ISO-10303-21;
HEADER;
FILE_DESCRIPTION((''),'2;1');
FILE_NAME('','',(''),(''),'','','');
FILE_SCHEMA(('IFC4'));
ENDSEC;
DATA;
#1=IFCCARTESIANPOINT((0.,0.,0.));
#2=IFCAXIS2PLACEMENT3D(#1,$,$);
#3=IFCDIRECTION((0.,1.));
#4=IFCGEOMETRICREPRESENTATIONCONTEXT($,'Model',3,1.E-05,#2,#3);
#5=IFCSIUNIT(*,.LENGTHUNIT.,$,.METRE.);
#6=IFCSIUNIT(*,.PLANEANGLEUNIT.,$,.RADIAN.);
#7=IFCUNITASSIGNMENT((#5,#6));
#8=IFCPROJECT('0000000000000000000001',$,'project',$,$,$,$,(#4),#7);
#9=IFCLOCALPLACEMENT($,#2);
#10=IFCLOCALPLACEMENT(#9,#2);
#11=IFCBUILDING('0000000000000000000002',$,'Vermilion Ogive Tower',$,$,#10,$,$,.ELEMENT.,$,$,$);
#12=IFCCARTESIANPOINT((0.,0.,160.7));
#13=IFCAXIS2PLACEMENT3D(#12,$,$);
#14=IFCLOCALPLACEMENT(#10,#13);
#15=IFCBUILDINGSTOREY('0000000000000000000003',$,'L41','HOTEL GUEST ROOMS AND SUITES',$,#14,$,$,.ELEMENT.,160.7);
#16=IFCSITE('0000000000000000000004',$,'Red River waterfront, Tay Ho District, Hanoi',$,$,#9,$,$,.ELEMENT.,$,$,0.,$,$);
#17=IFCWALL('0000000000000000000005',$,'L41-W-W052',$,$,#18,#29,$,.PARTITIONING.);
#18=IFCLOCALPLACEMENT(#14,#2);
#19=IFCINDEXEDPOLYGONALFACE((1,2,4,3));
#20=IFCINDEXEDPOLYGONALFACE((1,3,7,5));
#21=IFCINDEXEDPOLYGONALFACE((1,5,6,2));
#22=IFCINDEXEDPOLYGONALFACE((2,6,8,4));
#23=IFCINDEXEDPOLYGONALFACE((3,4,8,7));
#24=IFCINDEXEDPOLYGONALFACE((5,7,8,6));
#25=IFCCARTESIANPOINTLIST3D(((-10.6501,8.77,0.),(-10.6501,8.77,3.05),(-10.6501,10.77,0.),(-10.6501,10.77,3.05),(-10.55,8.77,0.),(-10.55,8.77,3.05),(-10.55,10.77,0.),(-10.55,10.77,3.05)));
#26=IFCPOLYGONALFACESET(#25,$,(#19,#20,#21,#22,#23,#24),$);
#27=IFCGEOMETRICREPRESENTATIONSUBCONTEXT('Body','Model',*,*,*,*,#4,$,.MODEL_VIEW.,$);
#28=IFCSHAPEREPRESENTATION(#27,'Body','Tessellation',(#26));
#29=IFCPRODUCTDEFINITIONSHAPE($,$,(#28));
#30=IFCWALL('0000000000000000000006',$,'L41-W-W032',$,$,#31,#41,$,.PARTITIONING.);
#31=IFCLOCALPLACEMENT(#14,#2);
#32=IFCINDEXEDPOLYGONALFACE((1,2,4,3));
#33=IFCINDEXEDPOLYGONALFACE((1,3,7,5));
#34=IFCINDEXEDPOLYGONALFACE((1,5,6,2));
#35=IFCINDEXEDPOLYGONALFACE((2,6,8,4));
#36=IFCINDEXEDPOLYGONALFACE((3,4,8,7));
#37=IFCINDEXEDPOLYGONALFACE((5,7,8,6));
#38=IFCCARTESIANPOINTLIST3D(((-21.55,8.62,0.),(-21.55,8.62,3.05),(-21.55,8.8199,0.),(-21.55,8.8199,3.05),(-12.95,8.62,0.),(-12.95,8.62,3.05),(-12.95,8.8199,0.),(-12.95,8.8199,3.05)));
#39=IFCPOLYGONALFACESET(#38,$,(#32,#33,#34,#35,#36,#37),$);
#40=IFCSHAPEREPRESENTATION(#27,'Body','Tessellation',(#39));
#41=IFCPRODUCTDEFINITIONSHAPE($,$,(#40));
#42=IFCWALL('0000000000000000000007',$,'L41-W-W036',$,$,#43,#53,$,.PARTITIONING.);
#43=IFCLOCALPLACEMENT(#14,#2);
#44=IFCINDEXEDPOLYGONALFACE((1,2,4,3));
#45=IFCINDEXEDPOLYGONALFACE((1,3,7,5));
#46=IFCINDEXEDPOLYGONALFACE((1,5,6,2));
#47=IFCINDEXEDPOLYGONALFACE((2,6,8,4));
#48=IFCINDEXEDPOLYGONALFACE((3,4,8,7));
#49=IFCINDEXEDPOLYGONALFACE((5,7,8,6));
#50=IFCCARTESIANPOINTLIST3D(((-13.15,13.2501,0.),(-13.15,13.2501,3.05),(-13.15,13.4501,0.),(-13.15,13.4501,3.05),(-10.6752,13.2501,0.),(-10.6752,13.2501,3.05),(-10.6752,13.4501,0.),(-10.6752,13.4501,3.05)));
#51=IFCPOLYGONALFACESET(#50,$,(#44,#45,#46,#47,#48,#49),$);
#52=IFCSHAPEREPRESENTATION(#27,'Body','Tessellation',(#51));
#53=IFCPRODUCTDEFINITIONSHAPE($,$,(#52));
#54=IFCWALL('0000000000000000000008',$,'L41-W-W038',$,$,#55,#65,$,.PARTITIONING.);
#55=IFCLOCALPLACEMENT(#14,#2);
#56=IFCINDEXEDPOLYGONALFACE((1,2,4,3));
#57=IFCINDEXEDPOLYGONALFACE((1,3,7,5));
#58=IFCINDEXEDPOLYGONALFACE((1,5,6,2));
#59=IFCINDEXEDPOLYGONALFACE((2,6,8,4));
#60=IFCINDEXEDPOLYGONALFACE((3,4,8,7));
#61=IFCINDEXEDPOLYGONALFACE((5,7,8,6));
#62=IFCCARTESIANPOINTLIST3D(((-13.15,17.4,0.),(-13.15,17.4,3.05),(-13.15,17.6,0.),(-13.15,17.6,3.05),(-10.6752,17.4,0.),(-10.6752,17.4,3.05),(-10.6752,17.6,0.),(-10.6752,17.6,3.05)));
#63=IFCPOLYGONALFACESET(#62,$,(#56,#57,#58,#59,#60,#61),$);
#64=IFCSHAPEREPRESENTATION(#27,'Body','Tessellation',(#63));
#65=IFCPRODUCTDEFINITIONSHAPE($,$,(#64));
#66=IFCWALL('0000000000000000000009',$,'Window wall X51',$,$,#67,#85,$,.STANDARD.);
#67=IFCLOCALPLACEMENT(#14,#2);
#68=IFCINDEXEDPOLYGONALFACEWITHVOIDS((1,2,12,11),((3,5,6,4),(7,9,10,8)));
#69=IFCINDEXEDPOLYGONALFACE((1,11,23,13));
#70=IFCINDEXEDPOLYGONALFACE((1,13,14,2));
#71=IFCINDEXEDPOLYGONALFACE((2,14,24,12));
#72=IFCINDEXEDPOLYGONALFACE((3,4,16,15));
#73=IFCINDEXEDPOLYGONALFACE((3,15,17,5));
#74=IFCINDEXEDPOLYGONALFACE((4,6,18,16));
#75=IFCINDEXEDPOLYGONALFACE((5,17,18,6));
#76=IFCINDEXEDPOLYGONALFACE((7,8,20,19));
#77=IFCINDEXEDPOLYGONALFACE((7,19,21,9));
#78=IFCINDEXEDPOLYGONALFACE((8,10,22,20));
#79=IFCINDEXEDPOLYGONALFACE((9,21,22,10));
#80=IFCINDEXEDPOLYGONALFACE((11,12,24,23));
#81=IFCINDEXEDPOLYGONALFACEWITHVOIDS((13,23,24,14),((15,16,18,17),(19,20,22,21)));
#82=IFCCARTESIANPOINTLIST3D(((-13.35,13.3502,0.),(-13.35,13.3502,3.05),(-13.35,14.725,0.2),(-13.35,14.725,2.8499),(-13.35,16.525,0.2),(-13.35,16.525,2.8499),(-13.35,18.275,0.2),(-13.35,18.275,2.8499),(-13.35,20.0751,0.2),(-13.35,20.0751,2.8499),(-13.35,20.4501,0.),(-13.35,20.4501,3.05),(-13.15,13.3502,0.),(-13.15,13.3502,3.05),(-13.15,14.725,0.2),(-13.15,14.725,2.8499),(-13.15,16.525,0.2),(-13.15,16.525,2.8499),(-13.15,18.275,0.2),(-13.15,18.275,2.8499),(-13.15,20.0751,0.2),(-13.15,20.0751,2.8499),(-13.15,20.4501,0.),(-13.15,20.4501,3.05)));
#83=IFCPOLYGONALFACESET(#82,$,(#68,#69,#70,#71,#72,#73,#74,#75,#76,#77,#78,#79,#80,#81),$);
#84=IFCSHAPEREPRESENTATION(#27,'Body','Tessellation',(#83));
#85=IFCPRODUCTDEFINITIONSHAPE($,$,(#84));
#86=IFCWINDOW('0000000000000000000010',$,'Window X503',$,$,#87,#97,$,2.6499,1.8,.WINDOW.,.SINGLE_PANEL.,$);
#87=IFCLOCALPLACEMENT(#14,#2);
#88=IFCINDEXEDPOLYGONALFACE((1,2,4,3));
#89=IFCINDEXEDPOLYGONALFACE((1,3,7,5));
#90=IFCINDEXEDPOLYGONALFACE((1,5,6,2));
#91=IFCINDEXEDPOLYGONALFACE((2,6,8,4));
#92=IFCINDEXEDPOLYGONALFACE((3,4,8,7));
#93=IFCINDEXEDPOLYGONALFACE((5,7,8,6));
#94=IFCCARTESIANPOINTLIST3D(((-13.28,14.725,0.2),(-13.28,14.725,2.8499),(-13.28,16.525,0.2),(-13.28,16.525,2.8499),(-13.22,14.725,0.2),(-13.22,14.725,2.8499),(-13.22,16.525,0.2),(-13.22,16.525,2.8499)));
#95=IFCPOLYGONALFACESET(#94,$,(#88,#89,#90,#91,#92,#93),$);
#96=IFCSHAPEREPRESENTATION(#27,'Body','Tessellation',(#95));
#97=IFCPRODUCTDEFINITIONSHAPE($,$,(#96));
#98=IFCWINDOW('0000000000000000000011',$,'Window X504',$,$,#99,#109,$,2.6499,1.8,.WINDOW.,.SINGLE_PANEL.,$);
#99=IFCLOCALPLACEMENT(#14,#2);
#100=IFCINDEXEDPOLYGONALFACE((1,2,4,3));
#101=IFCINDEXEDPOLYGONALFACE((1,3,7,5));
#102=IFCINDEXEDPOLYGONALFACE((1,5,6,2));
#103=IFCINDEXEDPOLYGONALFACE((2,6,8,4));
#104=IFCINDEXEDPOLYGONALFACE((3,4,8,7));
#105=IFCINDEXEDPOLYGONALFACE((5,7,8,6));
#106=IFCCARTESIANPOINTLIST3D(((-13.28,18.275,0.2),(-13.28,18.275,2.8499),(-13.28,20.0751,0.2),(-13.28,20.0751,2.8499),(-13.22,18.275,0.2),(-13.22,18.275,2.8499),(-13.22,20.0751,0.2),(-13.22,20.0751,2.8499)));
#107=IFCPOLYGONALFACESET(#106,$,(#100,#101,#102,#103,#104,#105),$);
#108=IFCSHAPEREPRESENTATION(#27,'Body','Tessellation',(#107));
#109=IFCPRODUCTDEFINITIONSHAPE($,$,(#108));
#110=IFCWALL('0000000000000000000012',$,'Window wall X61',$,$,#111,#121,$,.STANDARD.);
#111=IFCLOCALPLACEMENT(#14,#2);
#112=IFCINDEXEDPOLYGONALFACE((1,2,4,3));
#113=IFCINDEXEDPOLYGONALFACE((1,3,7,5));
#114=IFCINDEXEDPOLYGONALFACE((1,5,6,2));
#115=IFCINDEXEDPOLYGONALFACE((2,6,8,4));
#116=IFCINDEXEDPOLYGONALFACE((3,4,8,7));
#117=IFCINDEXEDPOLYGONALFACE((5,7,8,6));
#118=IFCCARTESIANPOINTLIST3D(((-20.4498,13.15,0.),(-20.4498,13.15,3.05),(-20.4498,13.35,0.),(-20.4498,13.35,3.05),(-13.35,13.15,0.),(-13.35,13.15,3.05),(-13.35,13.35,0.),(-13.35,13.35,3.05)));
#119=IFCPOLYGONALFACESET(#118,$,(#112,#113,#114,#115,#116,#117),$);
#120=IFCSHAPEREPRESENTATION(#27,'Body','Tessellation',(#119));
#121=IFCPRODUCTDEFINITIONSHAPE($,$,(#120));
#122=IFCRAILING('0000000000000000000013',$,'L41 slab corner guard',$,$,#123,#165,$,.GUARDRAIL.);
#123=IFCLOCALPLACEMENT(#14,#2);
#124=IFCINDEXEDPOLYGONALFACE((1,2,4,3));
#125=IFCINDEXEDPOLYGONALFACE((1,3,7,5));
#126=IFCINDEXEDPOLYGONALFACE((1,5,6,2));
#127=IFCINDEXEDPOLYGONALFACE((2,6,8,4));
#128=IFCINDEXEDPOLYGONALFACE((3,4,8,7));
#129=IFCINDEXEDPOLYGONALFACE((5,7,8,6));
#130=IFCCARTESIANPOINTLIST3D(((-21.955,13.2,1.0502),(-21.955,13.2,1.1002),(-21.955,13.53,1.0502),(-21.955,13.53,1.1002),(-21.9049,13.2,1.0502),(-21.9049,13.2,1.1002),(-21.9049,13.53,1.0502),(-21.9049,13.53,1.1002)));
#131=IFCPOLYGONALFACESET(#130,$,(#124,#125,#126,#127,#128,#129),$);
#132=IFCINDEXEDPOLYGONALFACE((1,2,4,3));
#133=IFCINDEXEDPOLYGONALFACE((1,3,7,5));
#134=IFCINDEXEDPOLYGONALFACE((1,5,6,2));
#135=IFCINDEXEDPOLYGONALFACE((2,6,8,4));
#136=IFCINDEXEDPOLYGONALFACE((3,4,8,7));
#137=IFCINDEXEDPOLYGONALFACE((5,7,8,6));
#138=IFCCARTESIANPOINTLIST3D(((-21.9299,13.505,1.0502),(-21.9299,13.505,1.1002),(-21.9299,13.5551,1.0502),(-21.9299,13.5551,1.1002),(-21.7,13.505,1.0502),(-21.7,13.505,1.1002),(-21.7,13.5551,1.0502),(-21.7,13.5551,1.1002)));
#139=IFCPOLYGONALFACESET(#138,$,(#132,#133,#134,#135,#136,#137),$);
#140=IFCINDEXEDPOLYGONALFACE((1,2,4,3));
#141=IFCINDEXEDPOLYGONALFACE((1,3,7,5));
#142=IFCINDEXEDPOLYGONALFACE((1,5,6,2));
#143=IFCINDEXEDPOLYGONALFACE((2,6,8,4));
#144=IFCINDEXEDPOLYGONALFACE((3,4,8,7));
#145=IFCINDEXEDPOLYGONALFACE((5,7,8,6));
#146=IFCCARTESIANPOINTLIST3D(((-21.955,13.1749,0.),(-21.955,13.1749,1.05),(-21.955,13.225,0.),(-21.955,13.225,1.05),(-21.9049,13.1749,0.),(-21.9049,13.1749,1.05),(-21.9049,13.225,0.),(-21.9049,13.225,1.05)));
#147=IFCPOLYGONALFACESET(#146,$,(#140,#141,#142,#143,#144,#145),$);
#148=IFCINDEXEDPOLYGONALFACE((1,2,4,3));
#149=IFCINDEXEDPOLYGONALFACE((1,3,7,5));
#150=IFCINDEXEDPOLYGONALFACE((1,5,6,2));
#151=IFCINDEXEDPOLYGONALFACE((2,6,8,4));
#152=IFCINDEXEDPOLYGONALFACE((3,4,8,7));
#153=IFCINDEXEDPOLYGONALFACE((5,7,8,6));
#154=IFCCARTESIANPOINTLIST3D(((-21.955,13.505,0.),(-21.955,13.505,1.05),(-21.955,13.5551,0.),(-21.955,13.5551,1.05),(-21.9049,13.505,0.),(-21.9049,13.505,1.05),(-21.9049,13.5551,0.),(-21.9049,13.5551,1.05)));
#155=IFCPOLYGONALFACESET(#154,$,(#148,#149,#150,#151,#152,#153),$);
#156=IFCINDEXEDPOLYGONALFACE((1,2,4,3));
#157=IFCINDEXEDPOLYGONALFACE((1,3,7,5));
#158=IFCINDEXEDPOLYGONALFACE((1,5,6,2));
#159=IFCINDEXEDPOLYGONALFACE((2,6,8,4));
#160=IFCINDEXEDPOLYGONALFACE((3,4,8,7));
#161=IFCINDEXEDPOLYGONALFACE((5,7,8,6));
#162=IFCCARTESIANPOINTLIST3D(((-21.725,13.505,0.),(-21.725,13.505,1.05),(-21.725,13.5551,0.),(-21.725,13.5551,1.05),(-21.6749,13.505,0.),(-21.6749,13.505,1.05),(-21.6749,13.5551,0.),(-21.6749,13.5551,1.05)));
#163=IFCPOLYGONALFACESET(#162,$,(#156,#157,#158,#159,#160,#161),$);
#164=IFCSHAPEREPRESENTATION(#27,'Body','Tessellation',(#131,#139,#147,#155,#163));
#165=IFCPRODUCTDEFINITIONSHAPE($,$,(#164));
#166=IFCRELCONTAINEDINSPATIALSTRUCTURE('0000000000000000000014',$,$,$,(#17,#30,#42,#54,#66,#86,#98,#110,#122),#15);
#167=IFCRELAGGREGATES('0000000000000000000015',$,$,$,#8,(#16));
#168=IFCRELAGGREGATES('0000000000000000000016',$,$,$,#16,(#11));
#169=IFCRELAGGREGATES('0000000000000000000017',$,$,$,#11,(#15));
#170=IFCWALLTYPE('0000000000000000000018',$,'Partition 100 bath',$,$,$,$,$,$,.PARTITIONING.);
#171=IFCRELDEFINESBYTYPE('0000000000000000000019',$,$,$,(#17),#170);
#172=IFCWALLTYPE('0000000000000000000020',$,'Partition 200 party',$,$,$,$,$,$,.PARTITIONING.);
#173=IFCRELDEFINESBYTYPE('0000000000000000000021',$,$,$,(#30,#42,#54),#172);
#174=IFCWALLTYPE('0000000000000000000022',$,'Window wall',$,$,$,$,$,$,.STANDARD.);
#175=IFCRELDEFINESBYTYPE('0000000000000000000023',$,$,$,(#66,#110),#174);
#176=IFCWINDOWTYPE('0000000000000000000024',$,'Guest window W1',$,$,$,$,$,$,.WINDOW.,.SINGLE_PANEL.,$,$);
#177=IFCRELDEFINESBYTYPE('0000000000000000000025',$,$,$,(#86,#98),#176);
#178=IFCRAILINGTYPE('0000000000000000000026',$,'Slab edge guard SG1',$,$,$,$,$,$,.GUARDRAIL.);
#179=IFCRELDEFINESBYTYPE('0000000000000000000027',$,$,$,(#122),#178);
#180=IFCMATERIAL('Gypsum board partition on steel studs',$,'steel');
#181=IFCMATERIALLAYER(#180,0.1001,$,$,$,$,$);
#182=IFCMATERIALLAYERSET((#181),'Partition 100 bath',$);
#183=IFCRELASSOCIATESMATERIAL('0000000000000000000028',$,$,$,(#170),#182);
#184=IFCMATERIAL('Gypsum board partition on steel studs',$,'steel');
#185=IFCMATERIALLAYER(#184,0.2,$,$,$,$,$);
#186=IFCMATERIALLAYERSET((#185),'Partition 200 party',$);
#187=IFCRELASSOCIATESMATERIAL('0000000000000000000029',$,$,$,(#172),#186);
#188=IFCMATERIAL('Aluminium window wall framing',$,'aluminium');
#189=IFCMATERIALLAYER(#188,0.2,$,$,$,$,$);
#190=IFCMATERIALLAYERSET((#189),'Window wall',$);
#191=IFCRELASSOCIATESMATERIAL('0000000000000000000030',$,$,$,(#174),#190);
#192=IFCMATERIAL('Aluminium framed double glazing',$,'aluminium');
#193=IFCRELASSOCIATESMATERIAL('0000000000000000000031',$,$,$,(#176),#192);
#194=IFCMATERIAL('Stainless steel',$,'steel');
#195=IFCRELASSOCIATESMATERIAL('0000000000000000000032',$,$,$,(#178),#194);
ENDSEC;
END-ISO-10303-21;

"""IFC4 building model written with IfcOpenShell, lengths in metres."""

from ifc_helpers import new_model, si_unit, direction, frame, frame_2d, origin, origin_2d, place, context, subcontext, project, spatial, rectangle, extrude, material, layer, layer_set, type_object, element, fill, save


model = new_model("IFC4")

# Units and contexts
model_context = context("Model", 3, precision=1e-05, world=origin(), true_north=direction((0.0, 1.0)))
body_context = subcontext(model_context, "Body", "Model", "MODEL_VIEW")
ifc_project = project(units=[si_unit("LENGTHUNIT", "METRE"), si_unit("PLANEANGLEUNIT", "RADIAN")], contexts=[model_context])

# Site, building, storey
site_placement = place(None, origin())
site = spatial("IfcSite", under=ifc_project, at=site_placement, Name="Red River waterfront, Tay Ho District, Hanoi", CompositionType="ELEMENT", RefElevation=0.0)
building_placement = place(site_placement, origin())
building = spatial("IfcBuilding", under=site, at=building_placement, Name="Vermilion Ogive Tower", CompositionType="ELEMENT")
storey_placement = place(building_placement, frame((0.0, 0.0, 160.7)))
storey = spatial("IfcBuildingStorey", under=building, at=storey_placement, Name="L41", Description="HOTEL GUEST ROOMS AND SUITES", CompositionType="ELEMENT", Elevation=160.7)

# Shared definitions
ifc_material_1 = material(Name="Gypsum board partition on steel studs", Category="steel")
ifc_layer_1 = layer(ifc_material_1, 0.1001)
ifc_layer_set_1 = layer_set([ifc_layer_1], Name="Partition 100 bath")
wall_type_1 = type_object("IfcWallType", Name="Partition 100 bath", PredefinedType="PARTITIONING", material=ifc_layer_set_1)

# Walls
wall_1_placement = place(storey_placement, frame((-10.6001, 8.77, 0.0), z_axis=(0.0, 0.0, 1.0), x_axis=(0.0, 1.0, 0.0)))
element("IfcWall", 1, at=wall_1_placement, inside=storey, type_object=wall_type_1, Name="L41-W-W052", PredefinedType="PARTITIONING", context=body_context, shape_type="SweptSolid", body=[
    extrude(rectangle(XDim=2.0, YDim=0.1001, at=frame_2d((1.0, 0.0))), origin(), (0.0, 0.0, 1.0), 3.05),
])
ifc_material_2 = material(Name="Gypsum board partition on steel studs", Category="steel")
ifc_layer_2 = layer(ifc_material_2, 0.2)
ifc_layer_set_2 = layer_set([ifc_layer_2], Name="Partition 200 party")
wall_type_2 = type_object("IfcWallType", Name="Partition 200 party", PredefinedType="PARTITIONING", material=ifc_layer_set_2)
wall_2_placement = place(storey_placement, frame((-21.55, 8.72, 0.0), z_axis=(0.0, 0.0, 1.0), x_axis=(1.0, 0.0, 0.0)))
element("IfcWall", 2, at=wall_2_placement, inside=storey, type_object=wall_type_2, Name="L41-W-W032", PredefinedType="PARTITIONING", context=body_context, shape_type="SweptSolid", body=[
    extrude(rectangle(XDim=8.6001, YDim=0.2, at=frame_2d((4.3, 0.0))), origin(), (0.0, 0.0, 1.0), 3.05),
])
for number, where, z_axis, x_axis, name in (
    (3, (-13.1499, 13.3501, 0.0), (0.0, 0.0, 1.0), (1.0, 0.0, 0.0), "L41-W-W036"),
    (4, (-13.1499, 17.5, 0.0), (0.0, 0.0, 1.0), (1.0, 0.0, 0.0), "L41-W-W038"),
):
    element("IfcWall", number, at=place(storey_placement, frame(where, z_axis=z_axis, x_axis=x_axis)), inside=storey, type_object=wall_type_2, Name=name, PredefinedType="PARTITIONING", context=body_context, shape_type="SweptSolid", body=[
        extrude(rectangle(XDim=2.4749, YDim=0.2, at=frame_2d((1.2373, 0.0))), origin(), (0.0, 0.0, 1.0), 3.05),
    ])

# Wall, openings, windows
ifc_material_3 = material(Name="Aluminium window wall framing", Category="aluminium")
ifc_layer_3 = layer(ifc_material_3, 0.2)
ifc_layer_set_3 = layer_set([ifc_layer_3], Name="Window wall")
wall_type_3 = type_object("IfcWallType", Name="Window wall", PredefinedType="STANDARD", material=ifc_layer_set_3)
wall_3_placement = place(storey_placement, frame((-13.25, 20.45, 0.0), z_axis=(0.0, 0.0, 1.0), x_axis=(0.0, -1.0, 0.0)))
wall_3 = element("IfcWall", 5, at=wall_3_placement, inside=storey, type_object=wall_type_3, Name="Window wall X51", PredefinedType="STANDARD", context=body_context, shape_type="SweptSolid", body=[
    extrude(rectangle(XDim=7.0999, YDim=0.2, at=frame_2d((3.5498, 0.0))), origin(), (0.0, 0.0, 1.0), 3.05),
])
opening_1_placement = place(wall_3_placement, frame((3.925, 0.0, 0.2)))
opening_1 = element("IfcOpeningElement", 6, at=opening_1_placement, cuts=wall_3, PredefinedType="OPENING", context=body_context, shape_type="SweptSolid", body=[
    extrude(rectangle(XDim=1.8, YDim=2.6499, at=frame_2d((0.8999, 1.325))), frame((0.0, 0.1099, 0.0), z_axis=(0.0, -1.0, 0.0), x_axis=(1.0, 0.0, 0.0)), (0.0, 0.0, 1.0), 0.22),
])
opening_2_placement = place(wall_3_placement, frame((0.375, 0.0, 0.2)))
opening_2 = element("IfcOpeningElement", 7, at=opening_2_placement, cuts=wall_3, PredefinedType="OPENING", context=body_context, shape_type="SweptSolid", body=[
    extrude(rectangle(XDim=1.8, YDim=2.6499, at=frame_2d((0.8999, 1.325))), frame((0.0, 0.1099, 0.0), z_axis=(0.0, -1.0, 0.0), x_axis=(1.0, 0.0, 0.0)), (0.0, 0.0, 1.0), 0.22),
])
ifc_material_4 = material(Name="Aluminium framed double glazing", Category="aluminium")
window_type = type_object("IfcWindowType", Name="Guest window W1", PartitioningType="SINGLE_PANEL", PredefinedType="WINDOW", material=ifc_material_4)
window_1_placement = place(opening_1_placement, origin())
window_1 = element("IfcWindow", 8, at=window_1_placement, inside=storey, type_object=window_type, Name="Window X503", OverallHeight=2.6499, OverallWidth=1.8, PartitioningType="SINGLE_PANEL", PredefinedType="WINDOW", context=body_context, shape_type="SweptSolid", body=[
    extrude(rectangle(XDim=1.8, YDim=2.6499, at=frame_2d((0.8999, 1.325))), frame((0.0, 0.03, 0.0), z_axis=(0.0, -1.0, 0.0), x_axis=(1.0, 0.0, 0.0)), (0.0, 0.0, 1.0), 0.0601),
])
fill(opening_1, window_1)
window_2_placement = place(opening_2_placement, origin())
window_2 = element("IfcWindow", 9, at=window_2_placement, inside=storey, type_object=window_type, Name="Window X504", OverallHeight=2.6499, OverallWidth=1.8, PartitioningType="SINGLE_PANEL", PredefinedType="WINDOW", context=body_context, shape_type="SweptSolid", body=[
    extrude(rectangle(XDim=1.8, YDim=2.6499, at=frame_2d((0.8999, 1.325))), frame((0.0, 0.03, 0.0), z_axis=(0.0, -1.0, 0.0), x_axis=(1.0, 0.0, 0.0)), (0.0, 0.0, 1.0), 0.0601),
])
fill(opening_2, window_2)

# Wall
wall_4_placement = place(storey_placement, frame((-13.3501, 13.25, 0.0), z_axis=(0.0, 0.0, 1.0), x_axis=(-1.0, 0.0, 0.0)))
element("IfcWall", 10, at=wall_4_placement, inside=storey, type_object=wall_type_3, Name="Window wall X61", PredefinedType="STANDARD", context=body_context, shape_type="SweptSolid", body=[
    extrude(rectangle(XDim=7.0999, YDim=0.2, at=frame_2d((3.5498, 0.0))), origin(), (0.0, 0.0, 1.0), 3.05),
])

# Railing
ifc_material_5 = material(Name="Stainless steel", Category="steel")
railing_type = type_object("IfcRailingType", Name="Slab edge guard SG1", PredefinedType="GUARDRAIL", material=ifc_material_5)
railing_1_placement = place(storey_placement, frame((-21.9299, 13.2, 0.0)))
element("IfcRailing", 11, at=railing_1_placement, inside=storey, type_object=railing_type, Name="L41 slab corner guard", PredefinedType="GUARDRAIL", context=body_context, shape_type="SweptSolid", body=[
    extrude(rectangle(XDim=0.05, YDim=0.05, at=origin_2d()), frame((0.0, 0.0, 1.0752), z_axis=(0.0, 1.0, 0.0), x_axis=(-1.0, 0.0, 0.0)), (0.0, 0.0, 1.0), 0.3301),
    extrude(rectangle(XDim=0.05, YDim=0.05, at=origin_2d()), frame((0.0, 0.3301, 1.0752), z_axis=(1.0, 0.0, 0.0), x_axis=(0.0, 1.0, 0.0)), (0.0, 0.0, 1.0), 0.23),
    extrude(rectangle(XDim=0.05, YDim=0.05, at=origin_2d()), origin(), (0.0, 0.0, 1.0), 1.05),
    extrude(rectangle(XDim=0.05, YDim=0.05, at=origin_2d()), frame((0.0, 0.3301, 0.0)), (0.0, 0.0, 1.0), 1.05),
    extrude(rectangle(XDim=0.05, YDim=0.05, at=origin_2d()), frame((0.23, 0.3301, 0.0)), (0.0, 0.0, 1.0), 1.05),
])

save(model, "model.ifc")
